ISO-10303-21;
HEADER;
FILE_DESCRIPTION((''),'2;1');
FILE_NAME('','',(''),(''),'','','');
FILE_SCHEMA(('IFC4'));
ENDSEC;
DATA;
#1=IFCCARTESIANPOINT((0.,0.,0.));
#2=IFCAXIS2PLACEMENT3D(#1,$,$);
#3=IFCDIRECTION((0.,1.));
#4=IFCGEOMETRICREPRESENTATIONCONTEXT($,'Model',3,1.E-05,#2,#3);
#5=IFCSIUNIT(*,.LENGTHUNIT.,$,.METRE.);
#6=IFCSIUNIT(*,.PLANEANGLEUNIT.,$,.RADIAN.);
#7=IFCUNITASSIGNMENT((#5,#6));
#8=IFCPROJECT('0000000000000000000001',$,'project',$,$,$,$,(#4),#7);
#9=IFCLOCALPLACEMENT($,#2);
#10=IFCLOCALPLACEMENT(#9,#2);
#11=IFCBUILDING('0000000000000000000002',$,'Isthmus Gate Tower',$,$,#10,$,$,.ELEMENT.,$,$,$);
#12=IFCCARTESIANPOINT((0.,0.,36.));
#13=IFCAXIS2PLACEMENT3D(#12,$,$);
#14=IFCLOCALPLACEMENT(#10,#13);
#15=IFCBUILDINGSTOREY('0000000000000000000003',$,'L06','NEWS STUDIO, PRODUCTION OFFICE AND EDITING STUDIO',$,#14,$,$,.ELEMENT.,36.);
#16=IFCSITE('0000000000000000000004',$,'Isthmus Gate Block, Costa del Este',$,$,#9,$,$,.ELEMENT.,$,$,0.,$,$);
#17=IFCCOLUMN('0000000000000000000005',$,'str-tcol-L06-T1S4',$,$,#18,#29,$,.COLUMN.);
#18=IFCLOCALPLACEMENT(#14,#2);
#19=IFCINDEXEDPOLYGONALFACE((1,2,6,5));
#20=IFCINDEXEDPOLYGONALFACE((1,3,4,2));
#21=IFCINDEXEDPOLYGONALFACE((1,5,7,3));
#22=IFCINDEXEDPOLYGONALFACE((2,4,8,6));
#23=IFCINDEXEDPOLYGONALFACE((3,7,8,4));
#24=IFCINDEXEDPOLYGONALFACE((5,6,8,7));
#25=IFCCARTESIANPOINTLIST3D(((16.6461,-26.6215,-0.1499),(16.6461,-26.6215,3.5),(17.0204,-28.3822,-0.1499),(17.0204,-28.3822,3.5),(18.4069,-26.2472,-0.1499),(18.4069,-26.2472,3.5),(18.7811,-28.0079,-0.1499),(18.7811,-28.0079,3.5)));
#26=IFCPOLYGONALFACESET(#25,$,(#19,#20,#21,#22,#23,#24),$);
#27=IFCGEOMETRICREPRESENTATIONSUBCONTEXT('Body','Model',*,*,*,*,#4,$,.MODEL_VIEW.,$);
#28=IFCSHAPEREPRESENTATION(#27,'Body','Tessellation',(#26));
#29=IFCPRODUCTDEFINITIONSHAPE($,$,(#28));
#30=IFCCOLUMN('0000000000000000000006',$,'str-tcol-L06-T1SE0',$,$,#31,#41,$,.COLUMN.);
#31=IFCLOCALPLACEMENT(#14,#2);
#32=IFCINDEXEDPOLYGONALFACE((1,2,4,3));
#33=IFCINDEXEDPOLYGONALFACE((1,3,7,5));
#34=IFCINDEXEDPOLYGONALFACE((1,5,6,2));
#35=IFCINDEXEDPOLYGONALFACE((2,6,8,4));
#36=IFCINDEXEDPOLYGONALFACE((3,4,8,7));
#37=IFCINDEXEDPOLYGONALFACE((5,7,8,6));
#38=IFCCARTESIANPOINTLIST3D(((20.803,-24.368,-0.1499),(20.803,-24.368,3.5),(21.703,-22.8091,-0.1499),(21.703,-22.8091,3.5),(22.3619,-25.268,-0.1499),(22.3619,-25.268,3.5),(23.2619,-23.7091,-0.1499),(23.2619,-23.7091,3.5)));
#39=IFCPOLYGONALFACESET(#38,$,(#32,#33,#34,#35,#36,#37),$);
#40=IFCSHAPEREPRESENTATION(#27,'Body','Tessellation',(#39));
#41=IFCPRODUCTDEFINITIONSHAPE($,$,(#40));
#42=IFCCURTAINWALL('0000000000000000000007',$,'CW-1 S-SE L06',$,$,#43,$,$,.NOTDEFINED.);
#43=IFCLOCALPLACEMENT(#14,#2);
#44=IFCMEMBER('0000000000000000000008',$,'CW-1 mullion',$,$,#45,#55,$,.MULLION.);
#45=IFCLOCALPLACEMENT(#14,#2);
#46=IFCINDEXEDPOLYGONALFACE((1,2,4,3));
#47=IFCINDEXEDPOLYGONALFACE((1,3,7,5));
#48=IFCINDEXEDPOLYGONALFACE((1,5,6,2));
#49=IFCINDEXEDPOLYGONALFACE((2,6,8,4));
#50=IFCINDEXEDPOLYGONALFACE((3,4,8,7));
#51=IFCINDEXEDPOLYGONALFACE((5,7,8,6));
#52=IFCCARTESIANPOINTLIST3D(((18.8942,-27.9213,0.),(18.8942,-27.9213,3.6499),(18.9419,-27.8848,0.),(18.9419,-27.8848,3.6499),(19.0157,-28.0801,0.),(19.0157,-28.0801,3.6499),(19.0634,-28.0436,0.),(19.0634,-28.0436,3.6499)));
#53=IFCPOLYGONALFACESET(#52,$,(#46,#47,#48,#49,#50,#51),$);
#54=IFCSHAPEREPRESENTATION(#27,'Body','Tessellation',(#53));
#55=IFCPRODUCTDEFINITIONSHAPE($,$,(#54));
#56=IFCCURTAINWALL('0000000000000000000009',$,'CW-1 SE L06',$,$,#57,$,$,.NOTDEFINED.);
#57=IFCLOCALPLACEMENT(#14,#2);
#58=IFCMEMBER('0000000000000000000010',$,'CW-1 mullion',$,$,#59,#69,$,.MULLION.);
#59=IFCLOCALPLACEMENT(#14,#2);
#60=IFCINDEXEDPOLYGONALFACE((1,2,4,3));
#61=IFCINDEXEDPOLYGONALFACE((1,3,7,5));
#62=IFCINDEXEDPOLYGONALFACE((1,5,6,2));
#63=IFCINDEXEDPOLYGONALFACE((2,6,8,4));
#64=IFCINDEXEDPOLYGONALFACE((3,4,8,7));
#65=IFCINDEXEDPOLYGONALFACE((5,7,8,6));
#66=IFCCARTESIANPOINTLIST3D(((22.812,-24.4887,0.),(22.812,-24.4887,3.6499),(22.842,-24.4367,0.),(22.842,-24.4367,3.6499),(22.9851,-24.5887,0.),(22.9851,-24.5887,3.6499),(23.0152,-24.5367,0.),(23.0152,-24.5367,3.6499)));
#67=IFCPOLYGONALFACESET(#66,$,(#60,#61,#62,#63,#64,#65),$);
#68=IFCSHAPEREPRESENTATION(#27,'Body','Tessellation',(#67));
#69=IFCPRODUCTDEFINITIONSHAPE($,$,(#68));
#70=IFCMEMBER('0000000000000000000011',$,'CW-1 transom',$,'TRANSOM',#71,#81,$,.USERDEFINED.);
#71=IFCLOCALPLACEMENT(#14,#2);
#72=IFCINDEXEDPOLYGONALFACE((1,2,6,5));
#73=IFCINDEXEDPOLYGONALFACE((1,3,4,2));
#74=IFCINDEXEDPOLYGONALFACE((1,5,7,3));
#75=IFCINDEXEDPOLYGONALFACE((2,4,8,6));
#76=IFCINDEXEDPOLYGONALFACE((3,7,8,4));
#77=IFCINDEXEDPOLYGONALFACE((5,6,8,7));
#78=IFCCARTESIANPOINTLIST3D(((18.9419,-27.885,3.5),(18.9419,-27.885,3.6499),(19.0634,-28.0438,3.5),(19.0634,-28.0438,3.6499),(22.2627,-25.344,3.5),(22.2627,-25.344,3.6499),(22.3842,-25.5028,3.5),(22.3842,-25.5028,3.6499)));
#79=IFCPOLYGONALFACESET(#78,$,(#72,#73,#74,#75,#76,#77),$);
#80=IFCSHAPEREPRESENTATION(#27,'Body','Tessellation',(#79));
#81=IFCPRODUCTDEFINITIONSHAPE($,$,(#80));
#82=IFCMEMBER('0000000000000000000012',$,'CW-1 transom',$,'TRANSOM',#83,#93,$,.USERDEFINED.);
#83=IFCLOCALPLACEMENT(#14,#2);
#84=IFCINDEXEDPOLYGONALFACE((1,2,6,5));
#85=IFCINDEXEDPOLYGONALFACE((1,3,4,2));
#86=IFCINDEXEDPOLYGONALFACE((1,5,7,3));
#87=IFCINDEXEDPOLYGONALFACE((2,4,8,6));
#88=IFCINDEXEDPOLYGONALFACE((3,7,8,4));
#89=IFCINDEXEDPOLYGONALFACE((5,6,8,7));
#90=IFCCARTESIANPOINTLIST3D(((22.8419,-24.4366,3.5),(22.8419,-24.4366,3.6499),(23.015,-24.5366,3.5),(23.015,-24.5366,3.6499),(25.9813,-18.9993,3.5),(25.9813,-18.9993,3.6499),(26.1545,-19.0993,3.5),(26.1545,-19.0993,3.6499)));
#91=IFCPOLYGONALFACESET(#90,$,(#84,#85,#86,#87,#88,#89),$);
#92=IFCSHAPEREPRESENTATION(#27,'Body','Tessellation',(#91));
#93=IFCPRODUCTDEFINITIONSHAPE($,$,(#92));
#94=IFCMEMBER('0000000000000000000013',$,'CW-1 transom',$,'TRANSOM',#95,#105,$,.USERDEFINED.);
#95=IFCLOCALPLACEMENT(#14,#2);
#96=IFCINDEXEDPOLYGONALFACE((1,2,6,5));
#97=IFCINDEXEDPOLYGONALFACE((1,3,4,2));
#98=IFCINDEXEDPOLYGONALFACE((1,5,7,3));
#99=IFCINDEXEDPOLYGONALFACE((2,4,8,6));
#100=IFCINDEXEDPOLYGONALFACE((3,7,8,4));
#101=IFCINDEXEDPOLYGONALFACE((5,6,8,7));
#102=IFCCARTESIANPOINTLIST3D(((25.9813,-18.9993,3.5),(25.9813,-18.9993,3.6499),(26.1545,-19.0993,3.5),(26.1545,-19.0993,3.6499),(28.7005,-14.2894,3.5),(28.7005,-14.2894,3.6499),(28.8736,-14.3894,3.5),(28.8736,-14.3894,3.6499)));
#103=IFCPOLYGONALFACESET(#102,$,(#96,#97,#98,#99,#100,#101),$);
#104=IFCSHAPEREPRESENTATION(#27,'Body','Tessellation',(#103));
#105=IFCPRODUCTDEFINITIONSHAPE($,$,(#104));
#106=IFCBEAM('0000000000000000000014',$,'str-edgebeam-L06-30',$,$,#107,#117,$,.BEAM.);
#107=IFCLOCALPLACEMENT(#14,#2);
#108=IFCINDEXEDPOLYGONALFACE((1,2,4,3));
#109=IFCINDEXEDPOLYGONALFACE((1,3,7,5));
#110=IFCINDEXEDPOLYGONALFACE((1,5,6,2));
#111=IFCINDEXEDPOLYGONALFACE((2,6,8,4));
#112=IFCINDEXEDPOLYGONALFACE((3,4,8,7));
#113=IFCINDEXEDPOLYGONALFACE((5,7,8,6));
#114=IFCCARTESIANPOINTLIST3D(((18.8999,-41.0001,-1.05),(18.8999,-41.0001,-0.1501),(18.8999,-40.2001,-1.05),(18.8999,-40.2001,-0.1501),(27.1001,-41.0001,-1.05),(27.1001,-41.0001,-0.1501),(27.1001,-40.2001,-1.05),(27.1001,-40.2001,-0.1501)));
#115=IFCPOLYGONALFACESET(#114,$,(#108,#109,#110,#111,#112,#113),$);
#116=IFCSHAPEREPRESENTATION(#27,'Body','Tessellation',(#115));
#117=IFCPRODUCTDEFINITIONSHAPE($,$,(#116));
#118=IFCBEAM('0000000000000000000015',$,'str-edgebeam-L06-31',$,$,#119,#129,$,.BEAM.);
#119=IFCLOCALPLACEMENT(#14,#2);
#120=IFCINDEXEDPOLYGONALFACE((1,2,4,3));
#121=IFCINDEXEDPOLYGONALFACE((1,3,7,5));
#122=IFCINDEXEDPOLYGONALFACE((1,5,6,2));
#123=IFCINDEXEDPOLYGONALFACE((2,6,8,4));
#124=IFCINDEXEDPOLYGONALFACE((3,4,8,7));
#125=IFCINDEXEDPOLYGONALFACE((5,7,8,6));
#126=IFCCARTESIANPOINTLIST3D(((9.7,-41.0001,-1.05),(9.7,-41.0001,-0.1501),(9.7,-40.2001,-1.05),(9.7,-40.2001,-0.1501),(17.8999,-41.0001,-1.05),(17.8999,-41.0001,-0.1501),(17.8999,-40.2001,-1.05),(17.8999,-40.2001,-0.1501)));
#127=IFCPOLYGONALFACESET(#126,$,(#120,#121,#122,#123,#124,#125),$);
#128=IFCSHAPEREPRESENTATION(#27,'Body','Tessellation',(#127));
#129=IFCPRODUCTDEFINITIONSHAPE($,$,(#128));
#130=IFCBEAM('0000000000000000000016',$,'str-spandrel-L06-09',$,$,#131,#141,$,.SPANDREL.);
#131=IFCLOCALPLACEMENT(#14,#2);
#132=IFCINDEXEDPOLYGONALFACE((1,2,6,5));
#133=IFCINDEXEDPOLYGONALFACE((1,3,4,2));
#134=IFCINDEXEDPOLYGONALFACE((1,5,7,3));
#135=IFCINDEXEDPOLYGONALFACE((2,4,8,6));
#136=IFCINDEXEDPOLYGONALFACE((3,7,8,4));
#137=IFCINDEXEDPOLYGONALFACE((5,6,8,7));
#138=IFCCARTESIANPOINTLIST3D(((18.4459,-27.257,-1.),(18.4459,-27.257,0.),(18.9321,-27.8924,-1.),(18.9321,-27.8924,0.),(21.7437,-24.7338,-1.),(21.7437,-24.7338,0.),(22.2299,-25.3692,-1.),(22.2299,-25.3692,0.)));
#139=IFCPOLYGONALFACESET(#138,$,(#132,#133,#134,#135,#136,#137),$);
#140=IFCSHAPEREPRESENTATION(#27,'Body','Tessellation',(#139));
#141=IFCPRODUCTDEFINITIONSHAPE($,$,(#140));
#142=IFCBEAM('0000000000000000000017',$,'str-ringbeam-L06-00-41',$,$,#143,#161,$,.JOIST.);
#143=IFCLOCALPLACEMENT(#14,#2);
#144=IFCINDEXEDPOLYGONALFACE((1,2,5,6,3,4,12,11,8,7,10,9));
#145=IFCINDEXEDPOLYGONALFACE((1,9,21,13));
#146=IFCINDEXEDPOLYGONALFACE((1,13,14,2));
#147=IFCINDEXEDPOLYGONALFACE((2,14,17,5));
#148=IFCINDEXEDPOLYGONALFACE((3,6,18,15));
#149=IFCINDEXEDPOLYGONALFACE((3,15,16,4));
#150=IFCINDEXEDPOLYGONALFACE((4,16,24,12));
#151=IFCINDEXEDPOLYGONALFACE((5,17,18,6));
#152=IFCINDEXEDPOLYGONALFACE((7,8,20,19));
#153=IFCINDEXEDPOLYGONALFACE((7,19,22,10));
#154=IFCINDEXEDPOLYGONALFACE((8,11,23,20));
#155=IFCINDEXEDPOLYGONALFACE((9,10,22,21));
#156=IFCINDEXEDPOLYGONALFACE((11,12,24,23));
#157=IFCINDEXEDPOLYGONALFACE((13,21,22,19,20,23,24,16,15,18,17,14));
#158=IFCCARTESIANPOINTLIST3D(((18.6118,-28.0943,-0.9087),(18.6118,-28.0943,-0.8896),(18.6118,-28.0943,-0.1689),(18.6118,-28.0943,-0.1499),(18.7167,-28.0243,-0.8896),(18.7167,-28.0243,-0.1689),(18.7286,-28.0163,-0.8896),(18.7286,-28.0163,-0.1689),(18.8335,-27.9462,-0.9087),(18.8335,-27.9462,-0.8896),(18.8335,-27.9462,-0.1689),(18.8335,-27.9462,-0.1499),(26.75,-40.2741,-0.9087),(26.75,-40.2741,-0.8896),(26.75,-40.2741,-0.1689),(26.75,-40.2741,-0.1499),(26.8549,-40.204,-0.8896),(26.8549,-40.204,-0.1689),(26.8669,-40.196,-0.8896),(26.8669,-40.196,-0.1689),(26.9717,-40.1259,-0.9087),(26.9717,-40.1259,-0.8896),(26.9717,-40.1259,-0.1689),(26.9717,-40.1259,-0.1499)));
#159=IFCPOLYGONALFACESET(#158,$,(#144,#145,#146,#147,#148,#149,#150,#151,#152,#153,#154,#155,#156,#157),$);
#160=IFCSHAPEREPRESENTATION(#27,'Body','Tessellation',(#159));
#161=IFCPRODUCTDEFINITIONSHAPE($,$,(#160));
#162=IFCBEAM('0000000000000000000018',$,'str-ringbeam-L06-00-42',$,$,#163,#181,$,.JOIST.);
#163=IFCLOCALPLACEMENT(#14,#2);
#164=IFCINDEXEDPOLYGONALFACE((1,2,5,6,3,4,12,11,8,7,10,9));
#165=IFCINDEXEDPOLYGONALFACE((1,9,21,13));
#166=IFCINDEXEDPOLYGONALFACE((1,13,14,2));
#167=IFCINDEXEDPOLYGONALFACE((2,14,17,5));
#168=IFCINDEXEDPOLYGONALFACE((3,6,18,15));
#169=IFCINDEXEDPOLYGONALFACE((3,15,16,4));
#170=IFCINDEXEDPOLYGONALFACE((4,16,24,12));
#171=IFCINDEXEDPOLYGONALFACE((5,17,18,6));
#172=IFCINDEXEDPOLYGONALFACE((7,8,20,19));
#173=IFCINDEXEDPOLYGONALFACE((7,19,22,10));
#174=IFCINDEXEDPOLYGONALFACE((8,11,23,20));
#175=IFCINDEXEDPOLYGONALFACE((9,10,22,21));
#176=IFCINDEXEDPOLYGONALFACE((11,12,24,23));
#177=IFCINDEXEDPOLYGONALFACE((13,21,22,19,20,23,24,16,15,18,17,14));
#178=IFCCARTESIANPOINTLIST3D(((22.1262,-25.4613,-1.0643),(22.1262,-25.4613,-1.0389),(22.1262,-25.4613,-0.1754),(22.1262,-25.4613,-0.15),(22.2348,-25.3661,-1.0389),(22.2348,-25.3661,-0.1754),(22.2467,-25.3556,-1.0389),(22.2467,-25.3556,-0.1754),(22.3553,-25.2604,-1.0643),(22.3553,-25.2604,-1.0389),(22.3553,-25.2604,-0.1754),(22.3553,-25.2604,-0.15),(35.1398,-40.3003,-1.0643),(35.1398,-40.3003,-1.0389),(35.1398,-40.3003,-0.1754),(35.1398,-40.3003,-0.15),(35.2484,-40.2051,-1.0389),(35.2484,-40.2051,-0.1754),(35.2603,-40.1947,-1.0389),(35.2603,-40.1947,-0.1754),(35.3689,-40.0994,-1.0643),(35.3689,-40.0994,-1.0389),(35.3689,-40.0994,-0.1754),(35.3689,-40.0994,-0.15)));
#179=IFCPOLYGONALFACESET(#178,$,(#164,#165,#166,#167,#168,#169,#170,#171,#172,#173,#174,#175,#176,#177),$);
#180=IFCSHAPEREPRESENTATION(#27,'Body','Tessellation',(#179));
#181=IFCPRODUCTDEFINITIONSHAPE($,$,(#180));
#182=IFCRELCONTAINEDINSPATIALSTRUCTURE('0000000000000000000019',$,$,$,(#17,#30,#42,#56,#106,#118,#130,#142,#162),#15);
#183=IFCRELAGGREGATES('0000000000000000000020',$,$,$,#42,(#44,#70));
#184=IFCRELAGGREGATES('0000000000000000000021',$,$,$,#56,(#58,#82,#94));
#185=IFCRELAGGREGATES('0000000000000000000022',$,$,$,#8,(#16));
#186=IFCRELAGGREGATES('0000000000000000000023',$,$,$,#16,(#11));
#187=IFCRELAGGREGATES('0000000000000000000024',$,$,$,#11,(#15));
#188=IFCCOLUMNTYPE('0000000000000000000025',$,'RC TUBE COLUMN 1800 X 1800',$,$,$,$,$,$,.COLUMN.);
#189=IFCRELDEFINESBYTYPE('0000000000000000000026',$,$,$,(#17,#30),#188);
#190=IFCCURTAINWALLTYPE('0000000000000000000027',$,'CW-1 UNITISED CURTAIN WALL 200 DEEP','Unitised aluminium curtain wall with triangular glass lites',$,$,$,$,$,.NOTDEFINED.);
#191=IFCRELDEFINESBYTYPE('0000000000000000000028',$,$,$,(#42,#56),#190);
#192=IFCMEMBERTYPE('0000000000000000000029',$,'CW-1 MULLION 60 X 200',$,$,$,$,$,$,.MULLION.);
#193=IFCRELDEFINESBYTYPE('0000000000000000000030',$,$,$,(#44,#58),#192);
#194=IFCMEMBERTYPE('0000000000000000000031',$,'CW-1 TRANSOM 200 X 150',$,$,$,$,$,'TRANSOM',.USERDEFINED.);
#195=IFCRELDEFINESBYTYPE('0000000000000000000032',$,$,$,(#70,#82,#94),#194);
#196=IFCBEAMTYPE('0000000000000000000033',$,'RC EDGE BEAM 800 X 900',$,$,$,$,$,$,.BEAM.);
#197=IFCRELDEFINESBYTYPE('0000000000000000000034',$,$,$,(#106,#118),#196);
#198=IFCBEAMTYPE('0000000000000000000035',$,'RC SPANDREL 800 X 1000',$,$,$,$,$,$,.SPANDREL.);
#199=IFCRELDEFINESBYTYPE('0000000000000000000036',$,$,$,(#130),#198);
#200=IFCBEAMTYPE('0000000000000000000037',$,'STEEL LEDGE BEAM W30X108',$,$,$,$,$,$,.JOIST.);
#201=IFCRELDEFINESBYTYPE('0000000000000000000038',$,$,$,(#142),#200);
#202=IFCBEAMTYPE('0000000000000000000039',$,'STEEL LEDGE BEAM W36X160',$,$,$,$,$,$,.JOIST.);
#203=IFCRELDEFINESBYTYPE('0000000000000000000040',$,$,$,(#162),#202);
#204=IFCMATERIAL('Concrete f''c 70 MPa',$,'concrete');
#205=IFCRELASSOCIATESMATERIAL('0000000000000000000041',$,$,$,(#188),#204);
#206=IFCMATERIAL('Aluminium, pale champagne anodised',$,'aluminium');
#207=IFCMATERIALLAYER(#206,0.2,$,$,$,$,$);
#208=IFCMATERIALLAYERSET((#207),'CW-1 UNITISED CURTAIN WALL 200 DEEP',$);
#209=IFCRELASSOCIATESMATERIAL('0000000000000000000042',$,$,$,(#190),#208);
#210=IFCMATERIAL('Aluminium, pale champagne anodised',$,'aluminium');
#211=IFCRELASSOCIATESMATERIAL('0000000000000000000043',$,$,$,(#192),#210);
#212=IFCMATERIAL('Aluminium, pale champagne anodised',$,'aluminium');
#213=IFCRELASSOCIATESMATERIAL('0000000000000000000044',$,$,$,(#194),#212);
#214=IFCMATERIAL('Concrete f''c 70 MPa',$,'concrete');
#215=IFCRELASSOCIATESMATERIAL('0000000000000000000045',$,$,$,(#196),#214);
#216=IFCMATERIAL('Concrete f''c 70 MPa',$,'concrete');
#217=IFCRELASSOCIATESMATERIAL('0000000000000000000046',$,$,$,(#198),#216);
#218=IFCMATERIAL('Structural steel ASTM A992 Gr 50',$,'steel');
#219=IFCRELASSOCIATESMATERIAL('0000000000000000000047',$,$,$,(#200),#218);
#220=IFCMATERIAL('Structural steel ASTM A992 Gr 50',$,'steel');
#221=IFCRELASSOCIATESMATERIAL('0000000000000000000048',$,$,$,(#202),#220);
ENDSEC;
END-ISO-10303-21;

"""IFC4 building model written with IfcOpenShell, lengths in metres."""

from ifc_helpers import new_model, si_unit, direction, frame, origin, origin_2d, place, context, subcontext, project, spatial, rectangle, i_section, extrude, material, layer, layer_set, material_profile, profile_set, type_object, element, aggregate, save


model = new_model("IFC4")

# Units and contexts
model_context = context("Model", 3, precision=1e-05, world=origin(), true_north=direction((0.0, 1.0)))
body_context = subcontext(model_context, "Body", "Model", "MODEL_VIEW")
ifc_project = project(units=[si_unit("LENGTHUNIT", "METRE"), si_unit("PLANEANGLEUNIT", "RADIAN")], contexts=[model_context])

# Site, building, storey
site_placement = place(None, origin())
site = spatial("IfcSite", under=ifc_project, at=site_placement, Name="Isthmus Gate Block, Costa del Este", CompositionType="ELEMENT", RefElevation=0.0)
building_placement = place(site_placement, origin())
building = spatial("IfcBuilding", under=site, at=building_placement, Name="Isthmus Gate Tower", CompositionType="ELEMENT")
storey_placement = place(building_placement, frame((0.0, 0.0, 36.0)))
storey = spatial("IfcBuildingStorey", under=building, at=storey_placement, Name="L06", Description="NEWS STUDIO, PRODUCTION OFFICE AND EDITING STUDIO", CompositionType="ELEMENT", Elevation=36.0)

# Columns
ifc_material_1 = material(Name="Concrete f'c 70 MPa", Category="concrete")
ifc_material_profile_1 = material_profile(ifc_material_1, rectangle(XDim=1.8, YDim=1.8, at=origin_2d()), Name="RC 1800X1800")
ifc_profile_set_1 = profile_set([ifc_material_profile_1], Name="Concrete f'c 70 MPa")
column_type = type_object("IfcColumnType", Name="RC TUBE COLUMN 1800 X 1800", PredefinedType="COLUMN", material=ifc_profile_set_1)
for number, where, z_axis, x_axis, name in (
    (1, (17.7136, -27.3147, -0.1499), (0.0, 0.0, 1.0), (0.978148, 0.207912, 0.0), "str-tcol-L06-T1S4"),
    (2, (22.0325, -24.0386, -0.1499), (0.0, 0.0, 1.0), (0.5, 0.866025, 0.0), "str-tcol-L06-T1SE0"),
):
    element("IfcColumn", number, at=place(storey_placement, frame(where, z_axis=z_axis, x_axis=x_axis)), inside=storey, type_object=column_type, Name=name, PredefinedType="COLUMN", context=body_context, shape_type="SweptSolid", body=[
        extrude(rectangle(XDim=1.8, YDim=1.8, at=origin_2d()), origin(), (0.0, 0.0, 1.0), 3.6499),
    ])

# Curtain walls, members
ifc_material_2 = material(Name="Aluminium, pale champagne anodised", Category="aluminium")
ifc_layer_1 = layer(ifc_material_2, 0.2)
ifc_layer_set_1 = layer_set([ifc_layer_1], Name="CW-1 UNITISED CURTAIN WALL 200 DEEP")
curtain_wall_type = type_object("IfcCurtainWallType", Name="CW-1 UNITISED CURTAIN WALL 200 DEEP", Description="Unitised aluminium curtain wall with triangular glass lites", PredefinedType="NOTDEFINED", material=ifc_layer_set_1)
curtain_wall_1_placement = place(storey_placement, origin())
curtain_wall_1 = element("IfcCurtainWall", 3, at=curtain_wall_1_placement, inside=storey, type_object=curtain_wall_type, Name="CW-1 S-SE L06", PredefinedType="NOTDEFINED")
ifc_material_3 = material(Name="Aluminium, pale champagne anodised", Category="aluminium")
ifc_material_profile_2 = material_profile(ifc_material_3, rectangle(XDim=0.0601, YDim=0.2, at=origin_2d()), Name="60x200")
ifc_profile_set_2 = profile_set([ifc_material_profile_2], Name="Aluminium, pale champagne anodised")
member_type_1 = type_object("IfcMemberType", Name="CW-1 MULLION 60 X 200", PredefinedType="MULLION", material=ifc_profile_set_2)
member_1_placement = place(storey_placement, frame((18.9788, -27.9824, 0.0), z_axis=(0.0, 0.0, 1.0), x_axis=(0.794189, 0.607671, 0.0)))
member_1 = element("IfcMember", 4, at=member_1_placement, type_object=member_type_1, Name="CW-1 mullion", PredefinedType="MULLION", context=body_context, shape_type="SweptSolid", body=[
    extrude(rectangle(XDim=0.0601, YDim=0.2, at=origin_2d()), origin(), (0.0, 0.0, 1.0), 3.6499),
])
curtain_wall_2_placement = place(storey_placement, origin())
curtain_wall_2 = element("IfcCurtainWall", 5, at=curtain_wall_2_placement, inside=storey, type_object=curtain_wall_type, Name="CW-1 SE L06", PredefinedType="NOTDEFINED")
member_2_placement = place(storey_placement, frame((22.9136, -24.5127, 0.0), z_axis=(0.0, 0.0, 1.0), x_axis=(0.5, 0.866025, 0.0)))
member_2 = element("IfcMember", 6, at=member_2_placement, type_object=member_type_1, Name="CW-1 mullion", PredefinedType="MULLION", context=body_context, shape_type="SweptSolid", body=[
    extrude(rectangle(XDim=0.0601, YDim=0.2, at=origin_2d()), origin(), (0.0, 0.0, 1.0), 3.6499),
])

# Members
ifc_material_4 = material(Name="Aluminium, pale champagne anodised", Category="aluminium")
ifc_material_profile_3 = material_profile(ifc_material_4, rectangle(XDim=0.2, YDim=0.1499, at=origin_2d()), Name="200x150")
ifc_profile_set_3 = profile_set([ifc_material_profile_3], Name="Aluminium, pale champagne anodised")
member_type_2 = type_object("IfcMemberType", Name="CW-1 TRANSOM 200 X 150", ElementType="TRANSOM", PredefinedType="USERDEFINED", material=ifc_profile_set_3)
member_3_placement = place(storey_placement, frame((19.0027, -27.9644, 3.575), z_axis=(0.794175, 0.607688, 0.0), x_axis=(-0.607688, 0.794175, 0.0)))
member_3 = element("IfcMember", 7, at=member_3_placement, type_object=member_type_2, Name="CW-1 transom", ObjectType="TRANSOM", PredefinedType="USERDEFINED", context=body_context, shape_type="SweptSolid", body=[
    extrude(rectangle(XDim=0.2, YDim=0.1499, at=origin_2d()), origin(), (0.0, 0.0, 1.0), 4.1814),
])
member_4_placement = place(storey_placement, frame((22.9285, -24.4866, 3.575), z_axis=(0.500024, 0.866011, 0.0), x_axis=(-0.866011, 0.500024, 0.0)))
member_4 = element("IfcMember", 8, at=member_4_placement, type_object=member_type_2, Name="CW-1 transom", ObjectType="TRANSOM", PredefinedType="USERDEFINED", context=body_context, shape_type="SweptSolid", body=[
    extrude(rectangle(XDim=0.2, YDim=0.1499, at=origin_2d()), origin(), (0.0, 0.0, 1.0), 6.2786),
])
member_5_placement = place(storey_placement, frame((26.0679, -19.0493, 3.575), z_axis=(0.499992, 0.86603, 0.0), x_axis=(-0.86603, 0.499992, 0.0)))
member_5 = element("IfcMember", 9, at=member_5_placement, type_object=member_type_2, Name="CW-1 transom", ObjectType="TRANSOM", PredefinedType="USERDEFINED", context=body_context, shape_type="SweptSolid", body=[
    extrude(rectangle(XDim=0.2, YDim=0.1499, at=origin_2d()), origin(), (0.0, 0.0, 1.0), 5.4385),
])

# Beams
ifc_material_5 = material(Name="Concrete f'c 70 MPa", Category="concrete")
ifc_material_profile_4 = material_profile(ifc_material_5, rectangle(XDim=0.8, YDim=0.8999, at=origin_2d()), Name="RC 800X900")
ifc_profile_set_4 = profile_set([ifc_material_profile_4], Name="Concrete f'c 70 MPa")
beam_type_1 = type_object("IfcBeamType", Name="RC EDGE BEAM 800 X 900", PredefinedType="BEAM", material=ifc_profile_set_4)
beam_1_placement = place(storey_placement, frame((27.1001, -40.6001, -0.6001), z_axis=(-1.0, 0.0, 0.0), x_axis=(0.0, -1.0, 0.0)))
element("IfcBeam", 10, at=beam_1_placement, inside=storey, type_object=beam_type_1, Name="str-edgebeam-L06-30", PredefinedType="BEAM", context=body_context, shape_type="SweptSolid", body=[
    extrude(rectangle(XDim=0.8, YDim=0.8999, at=origin_2d()), origin(), (0.0, 0.0, 1.0), 8.2002),
])
beam_2_placement = place(storey_placement, frame((17.8999, -40.6001, -0.6001), z_axis=(-1.0, 0.0, 0.0), x_axis=(0.0, -1.0, 0.0)))
element("IfcBeam", 11, at=beam_2_placement, inside=storey, type_object=beam_type_1, Name="str-edgebeam-L06-31", PredefinedType="BEAM", context=body_context, shape_type="SweptSolid", body=[
    extrude(rectangle(XDim=0.8, YDim=0.8999, at=origin_2d()), origin(), (0.0, 0.0, 1.0), 8.2),
])
ifc_material_6 = material(Name="Concrete f'c 70 MPa", Category="concrete")
ifc_material_profile_5 = material_profile(ifc_material_6, rectangle(XDim=0.8, YDim=1.0, at=origin_2d()), Name="RC 800X1000")
ifc_profile_set_5 = profile_set([ifc_material_profile_5], Name="Concrete f'c 70 MPa")
beam_type_2 = type_object("IfcBeamType", Name="RC SPANDREL 800 X 1000", PredefinedType="SPANDREL", material=ifc_profile_set_5)
beam_3_placement = place(storey_placement, frame((21.9868, -25.0515, -0.5), z_axis=(-0.794206, -0.607649, 0.0), x_axis=(0.607649, -0.794206, 0.0)))
element("IfcBeam", 12, at=beam_3_placement, inside=storey, type_object=beam_type_2, Name="str-spandrel-L06-09", PredefinedType="SPANDREL", context=body_context, shape_type="SweptSolid", body=[
    extrude(rectangle(XDim=0.8, YDim=1.0, at=origin_2d()), origin(), (0.0, 0.0, 1.0), 4.1523),
])
ifc_material_7 = material(Name="Structural steel ASTM A992 Gr 50", Category="steel")
ifc_material_profile_6 = material_profile(ifc_material_7, i_section(OverallWidth=0.2666, OverallDepth=0.7588, WebThickness=0.0144, FlangeThickness=0.019, at=origin_2d()), Name="W30X108")
ifc_profile_set_6 = profile_set([ifc_material_profile_6], Name="Structural steel ASTM A992 Gr 50")
beam_type_3 = type_object("IfcBeamType", Name="STEEL LEDGE BEAM W30X108", PredefinedType="JOIST", material=ifc_profile_set_6)
beam_4_placement = place(storey_placement, frame((18.7227, -28.0203, -0.5293), z_axis=(0.555569, -0.83147, 0.0), x_axis=(0.83147, 0.555569, 0.0)))
element("IfcBeam", 13, at=beam_4_placement, inside=storey, type_object=beam_type_3, Name="str-ringbeam-L06-00-41", PredefinedType="JOIST", context=body_context, shape_type="SweptSolid", body=[
    extrude(i_section(OverallWidth=0.2666, OverallDepth=0.7588, WebThickness=0.0144, FlangeThickness=0.019, at=origin_2d()), origin(), (0.0, 0.0, 1.0), 14.6484),
])
ifc_material_8 = material(Name="Structural steel ASTM A992 Gr 50", Category="steel")
ifc_material_profile_7 = material_profile(ifc_material_8, i_section(OverallWidth=0.3047, OverallDepth=0.9143, WebThickness=0.0159, FlangeThickness=0.0254, at=origin_2d()), Name="W36X160")
ifc_profile_set_7 = profile_set([ifc_material_profile_7], Name="Structural steel ASTM A992 Gr 50")
beam_type_4 = type_object("IfcBeamType", Name="STEEL LEDGE BEAM W36X160", PredefinedType="JOIST", material=ifc_profile_set_7)
beam_5_placement = place(storey_placement, frame((22.2407, -25.3608, -0.6072), z_axis=(0.659349, -0.751837, 0.0), x_axis=(0.751837, 0.659349, 0.0)))
element("IfcBeam", 14, at=beam_5_placement, inside=storey, type_object=beam_type_4, Name="str-ringbeam-L06-00-42", PredefinedType="JOIST", context=body_context, shape_type="SweptSolid", body=[
    extrude(i_section(OverallWidth=0.3047, OverallDepth=0.9143, WebThickness=0.0159, FlangeThickness=0.0254, at=origin_2d()), origin(), (0.0, 0.0, 1.0), 19.7371),
])

aggregate(curtain_wall_1, [member_1, member_3])
aggregate(curtain_wall_2, [member_2, member_4, member_5])

save(model, "model.ifc")
